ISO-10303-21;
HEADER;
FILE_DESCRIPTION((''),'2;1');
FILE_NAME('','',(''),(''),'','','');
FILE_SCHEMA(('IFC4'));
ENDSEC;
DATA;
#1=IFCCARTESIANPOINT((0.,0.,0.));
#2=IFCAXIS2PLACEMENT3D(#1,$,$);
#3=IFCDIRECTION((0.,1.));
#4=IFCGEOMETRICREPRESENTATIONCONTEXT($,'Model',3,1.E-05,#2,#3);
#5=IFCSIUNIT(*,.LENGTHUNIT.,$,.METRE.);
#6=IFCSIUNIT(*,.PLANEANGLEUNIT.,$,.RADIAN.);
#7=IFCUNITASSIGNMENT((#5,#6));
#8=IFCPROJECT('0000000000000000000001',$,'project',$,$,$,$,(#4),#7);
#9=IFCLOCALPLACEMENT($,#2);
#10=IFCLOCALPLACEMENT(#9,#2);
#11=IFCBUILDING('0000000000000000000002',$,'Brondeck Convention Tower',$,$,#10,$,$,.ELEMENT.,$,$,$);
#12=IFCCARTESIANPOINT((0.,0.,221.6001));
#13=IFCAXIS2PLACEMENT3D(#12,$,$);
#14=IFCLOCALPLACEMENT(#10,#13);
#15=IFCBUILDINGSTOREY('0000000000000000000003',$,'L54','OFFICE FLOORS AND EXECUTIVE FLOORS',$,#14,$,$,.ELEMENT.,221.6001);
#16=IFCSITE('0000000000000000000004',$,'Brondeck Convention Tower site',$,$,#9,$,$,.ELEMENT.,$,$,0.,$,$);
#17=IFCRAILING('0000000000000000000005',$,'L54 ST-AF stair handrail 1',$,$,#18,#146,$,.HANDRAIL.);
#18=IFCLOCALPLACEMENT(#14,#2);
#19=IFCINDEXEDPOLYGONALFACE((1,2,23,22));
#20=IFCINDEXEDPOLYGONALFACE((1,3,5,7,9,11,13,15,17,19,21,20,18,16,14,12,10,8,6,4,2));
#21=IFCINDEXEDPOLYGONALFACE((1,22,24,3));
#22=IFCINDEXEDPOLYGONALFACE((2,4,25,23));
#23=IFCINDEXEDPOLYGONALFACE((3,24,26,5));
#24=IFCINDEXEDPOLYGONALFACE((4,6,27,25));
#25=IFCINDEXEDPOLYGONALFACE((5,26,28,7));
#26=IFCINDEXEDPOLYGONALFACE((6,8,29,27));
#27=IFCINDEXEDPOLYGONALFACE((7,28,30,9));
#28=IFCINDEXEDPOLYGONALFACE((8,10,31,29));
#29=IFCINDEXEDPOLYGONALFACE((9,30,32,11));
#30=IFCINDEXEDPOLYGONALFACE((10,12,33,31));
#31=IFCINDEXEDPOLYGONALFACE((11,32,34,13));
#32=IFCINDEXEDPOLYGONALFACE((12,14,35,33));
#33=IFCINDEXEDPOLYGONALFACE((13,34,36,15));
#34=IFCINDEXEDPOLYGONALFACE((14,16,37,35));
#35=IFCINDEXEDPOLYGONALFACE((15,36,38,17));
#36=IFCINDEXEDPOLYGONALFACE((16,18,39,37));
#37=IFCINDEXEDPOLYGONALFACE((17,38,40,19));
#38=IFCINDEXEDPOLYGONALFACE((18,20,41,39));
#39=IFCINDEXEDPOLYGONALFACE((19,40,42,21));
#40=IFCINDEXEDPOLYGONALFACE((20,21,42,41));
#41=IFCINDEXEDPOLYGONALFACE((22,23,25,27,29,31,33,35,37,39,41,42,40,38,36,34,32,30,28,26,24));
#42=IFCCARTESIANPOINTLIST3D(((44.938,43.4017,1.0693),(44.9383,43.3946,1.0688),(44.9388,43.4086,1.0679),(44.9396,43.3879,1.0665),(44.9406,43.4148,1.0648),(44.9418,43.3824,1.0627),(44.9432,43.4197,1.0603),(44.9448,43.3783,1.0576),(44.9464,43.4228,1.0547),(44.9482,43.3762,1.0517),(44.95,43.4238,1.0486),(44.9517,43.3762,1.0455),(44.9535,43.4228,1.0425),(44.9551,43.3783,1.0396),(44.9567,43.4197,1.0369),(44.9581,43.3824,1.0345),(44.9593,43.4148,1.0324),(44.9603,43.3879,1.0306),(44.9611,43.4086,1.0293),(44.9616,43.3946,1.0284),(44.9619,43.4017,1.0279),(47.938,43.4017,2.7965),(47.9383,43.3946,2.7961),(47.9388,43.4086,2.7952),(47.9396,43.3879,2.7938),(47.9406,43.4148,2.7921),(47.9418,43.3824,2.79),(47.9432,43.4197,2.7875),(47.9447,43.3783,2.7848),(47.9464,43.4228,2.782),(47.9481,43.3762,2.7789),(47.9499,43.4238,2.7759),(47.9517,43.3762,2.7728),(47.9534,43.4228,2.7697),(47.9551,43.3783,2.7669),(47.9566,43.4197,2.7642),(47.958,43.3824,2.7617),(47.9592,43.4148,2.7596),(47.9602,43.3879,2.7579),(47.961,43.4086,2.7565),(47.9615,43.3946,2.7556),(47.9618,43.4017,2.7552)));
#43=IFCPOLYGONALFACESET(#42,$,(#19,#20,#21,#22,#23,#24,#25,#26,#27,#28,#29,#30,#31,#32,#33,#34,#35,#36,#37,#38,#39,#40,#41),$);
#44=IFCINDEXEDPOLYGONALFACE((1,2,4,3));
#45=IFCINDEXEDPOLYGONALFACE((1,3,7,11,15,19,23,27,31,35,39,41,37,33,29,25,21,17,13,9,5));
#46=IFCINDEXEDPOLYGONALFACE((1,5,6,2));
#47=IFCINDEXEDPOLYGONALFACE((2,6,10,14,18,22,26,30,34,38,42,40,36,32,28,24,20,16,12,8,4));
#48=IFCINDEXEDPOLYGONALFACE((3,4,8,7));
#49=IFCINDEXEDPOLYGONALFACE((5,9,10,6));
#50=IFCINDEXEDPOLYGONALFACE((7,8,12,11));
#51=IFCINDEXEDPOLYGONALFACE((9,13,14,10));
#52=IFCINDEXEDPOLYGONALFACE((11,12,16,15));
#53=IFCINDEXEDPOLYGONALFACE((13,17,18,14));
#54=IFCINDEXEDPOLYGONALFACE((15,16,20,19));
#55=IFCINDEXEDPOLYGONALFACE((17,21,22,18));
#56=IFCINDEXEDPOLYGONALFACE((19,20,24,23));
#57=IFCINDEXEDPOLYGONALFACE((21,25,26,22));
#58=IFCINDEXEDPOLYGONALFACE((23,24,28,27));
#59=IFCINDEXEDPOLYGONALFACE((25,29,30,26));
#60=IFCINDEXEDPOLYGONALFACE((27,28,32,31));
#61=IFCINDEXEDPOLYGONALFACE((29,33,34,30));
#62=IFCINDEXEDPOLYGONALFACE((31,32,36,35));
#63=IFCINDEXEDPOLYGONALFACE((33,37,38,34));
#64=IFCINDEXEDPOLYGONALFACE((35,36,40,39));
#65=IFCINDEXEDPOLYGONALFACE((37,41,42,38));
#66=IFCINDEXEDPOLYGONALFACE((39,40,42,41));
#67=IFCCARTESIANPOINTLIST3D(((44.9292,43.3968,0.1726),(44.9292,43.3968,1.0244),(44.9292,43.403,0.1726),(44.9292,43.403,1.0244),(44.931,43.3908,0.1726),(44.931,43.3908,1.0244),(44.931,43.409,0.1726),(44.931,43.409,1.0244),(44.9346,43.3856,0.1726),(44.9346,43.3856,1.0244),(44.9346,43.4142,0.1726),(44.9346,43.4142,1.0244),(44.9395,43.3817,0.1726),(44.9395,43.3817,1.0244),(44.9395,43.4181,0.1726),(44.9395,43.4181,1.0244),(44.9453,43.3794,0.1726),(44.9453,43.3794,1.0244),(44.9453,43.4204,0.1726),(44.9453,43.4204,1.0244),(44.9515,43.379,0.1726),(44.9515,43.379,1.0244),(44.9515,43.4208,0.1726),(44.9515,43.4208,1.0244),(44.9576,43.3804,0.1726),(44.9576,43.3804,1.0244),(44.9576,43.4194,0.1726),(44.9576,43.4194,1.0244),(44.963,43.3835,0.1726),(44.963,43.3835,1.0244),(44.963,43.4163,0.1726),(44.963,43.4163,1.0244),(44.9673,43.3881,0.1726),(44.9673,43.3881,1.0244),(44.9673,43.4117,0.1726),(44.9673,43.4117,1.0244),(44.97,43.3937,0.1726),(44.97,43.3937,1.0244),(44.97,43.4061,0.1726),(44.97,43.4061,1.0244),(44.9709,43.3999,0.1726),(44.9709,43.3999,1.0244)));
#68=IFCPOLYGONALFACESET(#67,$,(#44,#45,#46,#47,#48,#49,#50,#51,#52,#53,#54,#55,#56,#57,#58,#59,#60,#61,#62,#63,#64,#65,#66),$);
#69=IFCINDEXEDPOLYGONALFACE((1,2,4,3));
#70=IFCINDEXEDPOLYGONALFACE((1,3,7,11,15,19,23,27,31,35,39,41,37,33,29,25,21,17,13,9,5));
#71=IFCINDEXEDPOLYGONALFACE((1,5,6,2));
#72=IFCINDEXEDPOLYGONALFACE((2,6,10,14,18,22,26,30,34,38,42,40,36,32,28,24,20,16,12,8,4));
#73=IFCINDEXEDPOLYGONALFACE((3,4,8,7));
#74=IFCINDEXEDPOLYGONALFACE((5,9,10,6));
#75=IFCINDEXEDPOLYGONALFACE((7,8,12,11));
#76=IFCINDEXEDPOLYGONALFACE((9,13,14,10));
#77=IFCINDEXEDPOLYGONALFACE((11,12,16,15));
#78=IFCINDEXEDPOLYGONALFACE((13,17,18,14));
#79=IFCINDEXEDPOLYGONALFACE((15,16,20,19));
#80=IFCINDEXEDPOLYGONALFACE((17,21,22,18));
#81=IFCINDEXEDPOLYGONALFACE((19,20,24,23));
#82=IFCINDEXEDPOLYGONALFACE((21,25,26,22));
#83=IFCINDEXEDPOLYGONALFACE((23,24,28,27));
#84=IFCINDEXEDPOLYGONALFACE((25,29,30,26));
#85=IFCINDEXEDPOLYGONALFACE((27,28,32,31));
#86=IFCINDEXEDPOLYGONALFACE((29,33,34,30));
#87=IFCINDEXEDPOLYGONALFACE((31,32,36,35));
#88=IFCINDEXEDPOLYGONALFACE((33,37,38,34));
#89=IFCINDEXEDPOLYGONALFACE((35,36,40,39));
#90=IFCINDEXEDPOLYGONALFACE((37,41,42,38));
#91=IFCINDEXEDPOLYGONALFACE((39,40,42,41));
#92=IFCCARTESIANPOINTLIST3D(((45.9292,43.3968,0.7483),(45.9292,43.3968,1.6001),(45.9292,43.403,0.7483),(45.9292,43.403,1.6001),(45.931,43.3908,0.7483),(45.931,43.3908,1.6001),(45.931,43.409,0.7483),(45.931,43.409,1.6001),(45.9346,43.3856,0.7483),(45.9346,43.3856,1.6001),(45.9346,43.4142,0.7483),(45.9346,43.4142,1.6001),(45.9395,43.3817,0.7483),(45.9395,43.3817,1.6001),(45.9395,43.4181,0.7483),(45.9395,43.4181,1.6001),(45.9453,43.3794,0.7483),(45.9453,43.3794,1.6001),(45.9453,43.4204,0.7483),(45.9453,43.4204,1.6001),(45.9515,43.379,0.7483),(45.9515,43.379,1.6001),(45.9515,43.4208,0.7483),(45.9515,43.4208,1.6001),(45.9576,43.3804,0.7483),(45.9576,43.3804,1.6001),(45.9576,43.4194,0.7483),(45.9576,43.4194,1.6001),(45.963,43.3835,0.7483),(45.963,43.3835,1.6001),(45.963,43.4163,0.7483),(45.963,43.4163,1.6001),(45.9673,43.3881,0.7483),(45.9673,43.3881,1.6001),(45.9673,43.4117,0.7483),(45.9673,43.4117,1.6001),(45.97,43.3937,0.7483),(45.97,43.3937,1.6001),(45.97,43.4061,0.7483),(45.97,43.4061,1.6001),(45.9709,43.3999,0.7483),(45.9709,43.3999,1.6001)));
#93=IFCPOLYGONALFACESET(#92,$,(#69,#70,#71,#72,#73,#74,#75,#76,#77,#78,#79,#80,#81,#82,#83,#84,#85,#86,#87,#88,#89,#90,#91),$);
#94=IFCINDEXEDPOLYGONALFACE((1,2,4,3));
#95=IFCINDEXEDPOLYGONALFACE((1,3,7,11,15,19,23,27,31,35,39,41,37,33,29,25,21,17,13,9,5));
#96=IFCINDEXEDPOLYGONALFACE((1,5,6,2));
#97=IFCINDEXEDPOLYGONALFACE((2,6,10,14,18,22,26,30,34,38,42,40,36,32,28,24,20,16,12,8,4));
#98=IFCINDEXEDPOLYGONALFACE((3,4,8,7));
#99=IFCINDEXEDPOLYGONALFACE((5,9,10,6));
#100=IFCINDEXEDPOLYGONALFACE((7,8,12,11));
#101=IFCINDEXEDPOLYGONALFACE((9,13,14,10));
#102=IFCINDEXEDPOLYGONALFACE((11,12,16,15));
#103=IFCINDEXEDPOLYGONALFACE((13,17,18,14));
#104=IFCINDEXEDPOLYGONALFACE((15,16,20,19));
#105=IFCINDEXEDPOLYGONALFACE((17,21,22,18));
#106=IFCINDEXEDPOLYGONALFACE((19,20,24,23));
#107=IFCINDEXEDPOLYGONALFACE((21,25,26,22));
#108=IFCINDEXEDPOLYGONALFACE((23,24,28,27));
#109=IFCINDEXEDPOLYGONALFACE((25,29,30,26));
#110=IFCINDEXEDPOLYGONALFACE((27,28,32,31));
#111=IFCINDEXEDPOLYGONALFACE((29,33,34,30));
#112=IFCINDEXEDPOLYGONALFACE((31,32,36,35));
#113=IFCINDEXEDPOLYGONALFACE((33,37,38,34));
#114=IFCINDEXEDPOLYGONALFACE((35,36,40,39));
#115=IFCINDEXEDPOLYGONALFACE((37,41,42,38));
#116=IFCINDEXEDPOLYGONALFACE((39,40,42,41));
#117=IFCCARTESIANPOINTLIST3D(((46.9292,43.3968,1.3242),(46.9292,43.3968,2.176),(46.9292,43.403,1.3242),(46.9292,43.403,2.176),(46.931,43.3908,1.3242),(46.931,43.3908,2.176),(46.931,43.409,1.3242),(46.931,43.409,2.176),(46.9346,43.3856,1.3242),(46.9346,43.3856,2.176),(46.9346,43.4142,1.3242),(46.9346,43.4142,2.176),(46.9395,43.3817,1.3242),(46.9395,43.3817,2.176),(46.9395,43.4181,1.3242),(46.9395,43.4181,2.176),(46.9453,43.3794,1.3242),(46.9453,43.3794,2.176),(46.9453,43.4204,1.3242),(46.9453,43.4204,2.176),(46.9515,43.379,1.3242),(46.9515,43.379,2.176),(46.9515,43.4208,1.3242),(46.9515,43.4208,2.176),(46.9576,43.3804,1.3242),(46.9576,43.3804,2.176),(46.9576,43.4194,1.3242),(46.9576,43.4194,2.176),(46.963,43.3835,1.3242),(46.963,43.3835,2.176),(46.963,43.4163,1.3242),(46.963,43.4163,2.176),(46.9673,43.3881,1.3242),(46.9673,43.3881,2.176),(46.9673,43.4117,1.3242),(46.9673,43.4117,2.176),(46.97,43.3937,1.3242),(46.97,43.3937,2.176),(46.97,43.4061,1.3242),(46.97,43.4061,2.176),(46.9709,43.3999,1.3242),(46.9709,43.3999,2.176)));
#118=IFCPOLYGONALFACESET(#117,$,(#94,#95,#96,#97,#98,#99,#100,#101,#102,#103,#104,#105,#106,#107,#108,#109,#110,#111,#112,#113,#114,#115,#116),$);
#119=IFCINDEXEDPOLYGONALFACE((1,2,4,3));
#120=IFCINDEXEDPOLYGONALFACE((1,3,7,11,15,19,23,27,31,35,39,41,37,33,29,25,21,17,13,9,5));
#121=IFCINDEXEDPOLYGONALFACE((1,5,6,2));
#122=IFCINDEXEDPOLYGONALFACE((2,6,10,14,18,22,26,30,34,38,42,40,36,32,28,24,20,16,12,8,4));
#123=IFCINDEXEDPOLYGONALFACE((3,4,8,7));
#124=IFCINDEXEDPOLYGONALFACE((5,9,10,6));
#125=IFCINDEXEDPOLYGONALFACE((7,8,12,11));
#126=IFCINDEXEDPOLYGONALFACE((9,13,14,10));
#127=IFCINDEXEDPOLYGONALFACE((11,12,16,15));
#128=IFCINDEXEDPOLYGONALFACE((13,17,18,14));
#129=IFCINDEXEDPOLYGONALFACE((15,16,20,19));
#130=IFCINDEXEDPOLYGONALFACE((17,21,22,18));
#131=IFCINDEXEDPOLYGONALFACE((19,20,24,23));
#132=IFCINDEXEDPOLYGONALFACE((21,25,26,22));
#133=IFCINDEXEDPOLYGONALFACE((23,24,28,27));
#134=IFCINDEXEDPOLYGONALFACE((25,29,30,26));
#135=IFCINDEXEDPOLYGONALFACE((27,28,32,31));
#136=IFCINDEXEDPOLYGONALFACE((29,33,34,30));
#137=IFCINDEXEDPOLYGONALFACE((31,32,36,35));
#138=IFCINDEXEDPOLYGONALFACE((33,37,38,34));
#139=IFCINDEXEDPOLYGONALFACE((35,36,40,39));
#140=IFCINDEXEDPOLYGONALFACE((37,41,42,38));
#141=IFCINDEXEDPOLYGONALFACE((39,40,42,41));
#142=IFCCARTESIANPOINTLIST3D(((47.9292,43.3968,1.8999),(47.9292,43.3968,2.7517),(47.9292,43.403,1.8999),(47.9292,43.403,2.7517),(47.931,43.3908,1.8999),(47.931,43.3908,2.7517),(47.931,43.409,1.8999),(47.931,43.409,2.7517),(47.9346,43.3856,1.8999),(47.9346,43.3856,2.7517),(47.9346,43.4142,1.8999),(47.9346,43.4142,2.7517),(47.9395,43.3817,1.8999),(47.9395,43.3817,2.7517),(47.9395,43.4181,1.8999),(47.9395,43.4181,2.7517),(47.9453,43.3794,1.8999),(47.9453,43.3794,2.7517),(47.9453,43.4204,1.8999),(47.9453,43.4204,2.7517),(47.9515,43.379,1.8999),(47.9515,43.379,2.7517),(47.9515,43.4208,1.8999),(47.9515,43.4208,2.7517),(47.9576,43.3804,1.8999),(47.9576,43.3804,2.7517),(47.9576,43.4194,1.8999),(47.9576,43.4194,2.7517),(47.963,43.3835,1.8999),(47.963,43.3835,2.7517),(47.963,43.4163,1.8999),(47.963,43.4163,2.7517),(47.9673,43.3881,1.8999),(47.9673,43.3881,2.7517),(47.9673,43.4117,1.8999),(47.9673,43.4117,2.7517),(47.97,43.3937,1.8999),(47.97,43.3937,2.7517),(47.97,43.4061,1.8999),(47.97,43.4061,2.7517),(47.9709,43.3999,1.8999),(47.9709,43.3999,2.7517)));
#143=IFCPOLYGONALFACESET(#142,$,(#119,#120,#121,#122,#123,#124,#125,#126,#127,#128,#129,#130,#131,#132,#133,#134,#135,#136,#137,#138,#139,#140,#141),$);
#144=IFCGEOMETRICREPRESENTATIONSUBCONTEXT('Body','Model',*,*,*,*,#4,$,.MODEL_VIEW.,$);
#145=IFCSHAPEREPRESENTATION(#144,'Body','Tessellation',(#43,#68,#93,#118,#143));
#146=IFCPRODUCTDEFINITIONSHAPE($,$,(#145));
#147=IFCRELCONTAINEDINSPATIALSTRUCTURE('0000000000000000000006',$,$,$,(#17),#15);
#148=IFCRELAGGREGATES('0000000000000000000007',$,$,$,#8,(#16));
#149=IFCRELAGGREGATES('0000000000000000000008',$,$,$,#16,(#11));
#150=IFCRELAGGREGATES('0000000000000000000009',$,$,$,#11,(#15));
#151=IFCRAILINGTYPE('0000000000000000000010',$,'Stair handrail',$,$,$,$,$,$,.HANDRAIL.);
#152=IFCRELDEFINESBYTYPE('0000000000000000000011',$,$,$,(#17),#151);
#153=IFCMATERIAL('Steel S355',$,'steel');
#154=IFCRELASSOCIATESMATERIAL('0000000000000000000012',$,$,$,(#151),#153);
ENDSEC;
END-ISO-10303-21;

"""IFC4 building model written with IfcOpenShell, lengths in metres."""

from ifc_helpers import new_model, si_unit, direction, frame, origin, origin_2d, place, context, subcontext, project, spatial, circle, extrude, material, type_object, element, save


model = new_model("IFC4")

# Units and contexts
model_context = context("Model", 3, precision=1e-05, world=origin(), true_north=direction((0.0, 1.0)))
body_context = subcontext(model_context, "Body", "Model", "MODEL_VIEW")
ifc_project = project(units=[si_unit("LENGTHUNIT", "METRE"), si_unit("PLANEANGLEUNIT", "RADIAN")], contexts=[model_context])

# Site, building, storey
site_placement = place(None, origin())
site = spatial("IfcSite", under=ifc_project, at=site_placement, Name="Brondeck Convention Tower site", CompositionType="ELEMENT", RefElevation=0.0)
building_placement = place(site_placement, origin())
building = spatial("IfcBuilding", under=site, at=building_placement, Name="Brondeck Convention Tower", CompositionType="ELEMENT")
storey_placement = place(building_placement, frame((0.0, 0.0, 221.6001)))
storey = spatial("IfcBuildingStorey", under=building, at=storey_placement, Name="L54", Description="OFFICE FLOORS AND EXECUTIVE FLOORS", CompositionType="ELEMENT", Elevation=221.6001)

# Shared definitions
ifc_material_1 = material(Name="Steel S355", Category="steel")

# Railing
railing_type_1 = type_object("IfcRailingType", Name="Stair handrail", PredefinedType="HANDRAIL", material=ifc_material_1)
railing_1_placement = place(storey_placement, frame((44.95, 43.3999, 0.1726)))
element("IfcRailing", 1, at=railing_1_placement, inside=storey, type_object=railing_type_1, Name="L54 ST-AF stair handrail 1", PredefinedType="HANDRAIL", context=body_context, shape_type="SweptSolid", body=[
    extrude(circle(Radius=0.0239, at=origin_2d()), frame((0.0, 0.0, 0.876), z_axis=(0.86662, 0.0, 0.498969), x_axis=(0.0, 1.0, 0.0)), (0.0, 0.0, 1.0), 3.4617),
    extrude(circle(Radius=0.021, at=origin_2d()), origin(), (0.0, 0.0, 1.0), 0.8518),
    extrude(circle(Radius=0.021, at=origin_2d()), frame((1.0, 0.0, 0.5757)), (0.0, 0.0, 1.0), 0.8518),
    extrude(circle(Radius=0.021, at=origin_2d()), frame((2.0, 0.0, 1.1516)), (0.0, 0.0, 1.0), 0.8518),
    extrude(circle(Radius=0.021, at=origin_2d()), frame((3.0, 0.0, 1.7273)), (0.0, 0.0, 1.0), 0.8518),
])

save(model, "model.ifc")
